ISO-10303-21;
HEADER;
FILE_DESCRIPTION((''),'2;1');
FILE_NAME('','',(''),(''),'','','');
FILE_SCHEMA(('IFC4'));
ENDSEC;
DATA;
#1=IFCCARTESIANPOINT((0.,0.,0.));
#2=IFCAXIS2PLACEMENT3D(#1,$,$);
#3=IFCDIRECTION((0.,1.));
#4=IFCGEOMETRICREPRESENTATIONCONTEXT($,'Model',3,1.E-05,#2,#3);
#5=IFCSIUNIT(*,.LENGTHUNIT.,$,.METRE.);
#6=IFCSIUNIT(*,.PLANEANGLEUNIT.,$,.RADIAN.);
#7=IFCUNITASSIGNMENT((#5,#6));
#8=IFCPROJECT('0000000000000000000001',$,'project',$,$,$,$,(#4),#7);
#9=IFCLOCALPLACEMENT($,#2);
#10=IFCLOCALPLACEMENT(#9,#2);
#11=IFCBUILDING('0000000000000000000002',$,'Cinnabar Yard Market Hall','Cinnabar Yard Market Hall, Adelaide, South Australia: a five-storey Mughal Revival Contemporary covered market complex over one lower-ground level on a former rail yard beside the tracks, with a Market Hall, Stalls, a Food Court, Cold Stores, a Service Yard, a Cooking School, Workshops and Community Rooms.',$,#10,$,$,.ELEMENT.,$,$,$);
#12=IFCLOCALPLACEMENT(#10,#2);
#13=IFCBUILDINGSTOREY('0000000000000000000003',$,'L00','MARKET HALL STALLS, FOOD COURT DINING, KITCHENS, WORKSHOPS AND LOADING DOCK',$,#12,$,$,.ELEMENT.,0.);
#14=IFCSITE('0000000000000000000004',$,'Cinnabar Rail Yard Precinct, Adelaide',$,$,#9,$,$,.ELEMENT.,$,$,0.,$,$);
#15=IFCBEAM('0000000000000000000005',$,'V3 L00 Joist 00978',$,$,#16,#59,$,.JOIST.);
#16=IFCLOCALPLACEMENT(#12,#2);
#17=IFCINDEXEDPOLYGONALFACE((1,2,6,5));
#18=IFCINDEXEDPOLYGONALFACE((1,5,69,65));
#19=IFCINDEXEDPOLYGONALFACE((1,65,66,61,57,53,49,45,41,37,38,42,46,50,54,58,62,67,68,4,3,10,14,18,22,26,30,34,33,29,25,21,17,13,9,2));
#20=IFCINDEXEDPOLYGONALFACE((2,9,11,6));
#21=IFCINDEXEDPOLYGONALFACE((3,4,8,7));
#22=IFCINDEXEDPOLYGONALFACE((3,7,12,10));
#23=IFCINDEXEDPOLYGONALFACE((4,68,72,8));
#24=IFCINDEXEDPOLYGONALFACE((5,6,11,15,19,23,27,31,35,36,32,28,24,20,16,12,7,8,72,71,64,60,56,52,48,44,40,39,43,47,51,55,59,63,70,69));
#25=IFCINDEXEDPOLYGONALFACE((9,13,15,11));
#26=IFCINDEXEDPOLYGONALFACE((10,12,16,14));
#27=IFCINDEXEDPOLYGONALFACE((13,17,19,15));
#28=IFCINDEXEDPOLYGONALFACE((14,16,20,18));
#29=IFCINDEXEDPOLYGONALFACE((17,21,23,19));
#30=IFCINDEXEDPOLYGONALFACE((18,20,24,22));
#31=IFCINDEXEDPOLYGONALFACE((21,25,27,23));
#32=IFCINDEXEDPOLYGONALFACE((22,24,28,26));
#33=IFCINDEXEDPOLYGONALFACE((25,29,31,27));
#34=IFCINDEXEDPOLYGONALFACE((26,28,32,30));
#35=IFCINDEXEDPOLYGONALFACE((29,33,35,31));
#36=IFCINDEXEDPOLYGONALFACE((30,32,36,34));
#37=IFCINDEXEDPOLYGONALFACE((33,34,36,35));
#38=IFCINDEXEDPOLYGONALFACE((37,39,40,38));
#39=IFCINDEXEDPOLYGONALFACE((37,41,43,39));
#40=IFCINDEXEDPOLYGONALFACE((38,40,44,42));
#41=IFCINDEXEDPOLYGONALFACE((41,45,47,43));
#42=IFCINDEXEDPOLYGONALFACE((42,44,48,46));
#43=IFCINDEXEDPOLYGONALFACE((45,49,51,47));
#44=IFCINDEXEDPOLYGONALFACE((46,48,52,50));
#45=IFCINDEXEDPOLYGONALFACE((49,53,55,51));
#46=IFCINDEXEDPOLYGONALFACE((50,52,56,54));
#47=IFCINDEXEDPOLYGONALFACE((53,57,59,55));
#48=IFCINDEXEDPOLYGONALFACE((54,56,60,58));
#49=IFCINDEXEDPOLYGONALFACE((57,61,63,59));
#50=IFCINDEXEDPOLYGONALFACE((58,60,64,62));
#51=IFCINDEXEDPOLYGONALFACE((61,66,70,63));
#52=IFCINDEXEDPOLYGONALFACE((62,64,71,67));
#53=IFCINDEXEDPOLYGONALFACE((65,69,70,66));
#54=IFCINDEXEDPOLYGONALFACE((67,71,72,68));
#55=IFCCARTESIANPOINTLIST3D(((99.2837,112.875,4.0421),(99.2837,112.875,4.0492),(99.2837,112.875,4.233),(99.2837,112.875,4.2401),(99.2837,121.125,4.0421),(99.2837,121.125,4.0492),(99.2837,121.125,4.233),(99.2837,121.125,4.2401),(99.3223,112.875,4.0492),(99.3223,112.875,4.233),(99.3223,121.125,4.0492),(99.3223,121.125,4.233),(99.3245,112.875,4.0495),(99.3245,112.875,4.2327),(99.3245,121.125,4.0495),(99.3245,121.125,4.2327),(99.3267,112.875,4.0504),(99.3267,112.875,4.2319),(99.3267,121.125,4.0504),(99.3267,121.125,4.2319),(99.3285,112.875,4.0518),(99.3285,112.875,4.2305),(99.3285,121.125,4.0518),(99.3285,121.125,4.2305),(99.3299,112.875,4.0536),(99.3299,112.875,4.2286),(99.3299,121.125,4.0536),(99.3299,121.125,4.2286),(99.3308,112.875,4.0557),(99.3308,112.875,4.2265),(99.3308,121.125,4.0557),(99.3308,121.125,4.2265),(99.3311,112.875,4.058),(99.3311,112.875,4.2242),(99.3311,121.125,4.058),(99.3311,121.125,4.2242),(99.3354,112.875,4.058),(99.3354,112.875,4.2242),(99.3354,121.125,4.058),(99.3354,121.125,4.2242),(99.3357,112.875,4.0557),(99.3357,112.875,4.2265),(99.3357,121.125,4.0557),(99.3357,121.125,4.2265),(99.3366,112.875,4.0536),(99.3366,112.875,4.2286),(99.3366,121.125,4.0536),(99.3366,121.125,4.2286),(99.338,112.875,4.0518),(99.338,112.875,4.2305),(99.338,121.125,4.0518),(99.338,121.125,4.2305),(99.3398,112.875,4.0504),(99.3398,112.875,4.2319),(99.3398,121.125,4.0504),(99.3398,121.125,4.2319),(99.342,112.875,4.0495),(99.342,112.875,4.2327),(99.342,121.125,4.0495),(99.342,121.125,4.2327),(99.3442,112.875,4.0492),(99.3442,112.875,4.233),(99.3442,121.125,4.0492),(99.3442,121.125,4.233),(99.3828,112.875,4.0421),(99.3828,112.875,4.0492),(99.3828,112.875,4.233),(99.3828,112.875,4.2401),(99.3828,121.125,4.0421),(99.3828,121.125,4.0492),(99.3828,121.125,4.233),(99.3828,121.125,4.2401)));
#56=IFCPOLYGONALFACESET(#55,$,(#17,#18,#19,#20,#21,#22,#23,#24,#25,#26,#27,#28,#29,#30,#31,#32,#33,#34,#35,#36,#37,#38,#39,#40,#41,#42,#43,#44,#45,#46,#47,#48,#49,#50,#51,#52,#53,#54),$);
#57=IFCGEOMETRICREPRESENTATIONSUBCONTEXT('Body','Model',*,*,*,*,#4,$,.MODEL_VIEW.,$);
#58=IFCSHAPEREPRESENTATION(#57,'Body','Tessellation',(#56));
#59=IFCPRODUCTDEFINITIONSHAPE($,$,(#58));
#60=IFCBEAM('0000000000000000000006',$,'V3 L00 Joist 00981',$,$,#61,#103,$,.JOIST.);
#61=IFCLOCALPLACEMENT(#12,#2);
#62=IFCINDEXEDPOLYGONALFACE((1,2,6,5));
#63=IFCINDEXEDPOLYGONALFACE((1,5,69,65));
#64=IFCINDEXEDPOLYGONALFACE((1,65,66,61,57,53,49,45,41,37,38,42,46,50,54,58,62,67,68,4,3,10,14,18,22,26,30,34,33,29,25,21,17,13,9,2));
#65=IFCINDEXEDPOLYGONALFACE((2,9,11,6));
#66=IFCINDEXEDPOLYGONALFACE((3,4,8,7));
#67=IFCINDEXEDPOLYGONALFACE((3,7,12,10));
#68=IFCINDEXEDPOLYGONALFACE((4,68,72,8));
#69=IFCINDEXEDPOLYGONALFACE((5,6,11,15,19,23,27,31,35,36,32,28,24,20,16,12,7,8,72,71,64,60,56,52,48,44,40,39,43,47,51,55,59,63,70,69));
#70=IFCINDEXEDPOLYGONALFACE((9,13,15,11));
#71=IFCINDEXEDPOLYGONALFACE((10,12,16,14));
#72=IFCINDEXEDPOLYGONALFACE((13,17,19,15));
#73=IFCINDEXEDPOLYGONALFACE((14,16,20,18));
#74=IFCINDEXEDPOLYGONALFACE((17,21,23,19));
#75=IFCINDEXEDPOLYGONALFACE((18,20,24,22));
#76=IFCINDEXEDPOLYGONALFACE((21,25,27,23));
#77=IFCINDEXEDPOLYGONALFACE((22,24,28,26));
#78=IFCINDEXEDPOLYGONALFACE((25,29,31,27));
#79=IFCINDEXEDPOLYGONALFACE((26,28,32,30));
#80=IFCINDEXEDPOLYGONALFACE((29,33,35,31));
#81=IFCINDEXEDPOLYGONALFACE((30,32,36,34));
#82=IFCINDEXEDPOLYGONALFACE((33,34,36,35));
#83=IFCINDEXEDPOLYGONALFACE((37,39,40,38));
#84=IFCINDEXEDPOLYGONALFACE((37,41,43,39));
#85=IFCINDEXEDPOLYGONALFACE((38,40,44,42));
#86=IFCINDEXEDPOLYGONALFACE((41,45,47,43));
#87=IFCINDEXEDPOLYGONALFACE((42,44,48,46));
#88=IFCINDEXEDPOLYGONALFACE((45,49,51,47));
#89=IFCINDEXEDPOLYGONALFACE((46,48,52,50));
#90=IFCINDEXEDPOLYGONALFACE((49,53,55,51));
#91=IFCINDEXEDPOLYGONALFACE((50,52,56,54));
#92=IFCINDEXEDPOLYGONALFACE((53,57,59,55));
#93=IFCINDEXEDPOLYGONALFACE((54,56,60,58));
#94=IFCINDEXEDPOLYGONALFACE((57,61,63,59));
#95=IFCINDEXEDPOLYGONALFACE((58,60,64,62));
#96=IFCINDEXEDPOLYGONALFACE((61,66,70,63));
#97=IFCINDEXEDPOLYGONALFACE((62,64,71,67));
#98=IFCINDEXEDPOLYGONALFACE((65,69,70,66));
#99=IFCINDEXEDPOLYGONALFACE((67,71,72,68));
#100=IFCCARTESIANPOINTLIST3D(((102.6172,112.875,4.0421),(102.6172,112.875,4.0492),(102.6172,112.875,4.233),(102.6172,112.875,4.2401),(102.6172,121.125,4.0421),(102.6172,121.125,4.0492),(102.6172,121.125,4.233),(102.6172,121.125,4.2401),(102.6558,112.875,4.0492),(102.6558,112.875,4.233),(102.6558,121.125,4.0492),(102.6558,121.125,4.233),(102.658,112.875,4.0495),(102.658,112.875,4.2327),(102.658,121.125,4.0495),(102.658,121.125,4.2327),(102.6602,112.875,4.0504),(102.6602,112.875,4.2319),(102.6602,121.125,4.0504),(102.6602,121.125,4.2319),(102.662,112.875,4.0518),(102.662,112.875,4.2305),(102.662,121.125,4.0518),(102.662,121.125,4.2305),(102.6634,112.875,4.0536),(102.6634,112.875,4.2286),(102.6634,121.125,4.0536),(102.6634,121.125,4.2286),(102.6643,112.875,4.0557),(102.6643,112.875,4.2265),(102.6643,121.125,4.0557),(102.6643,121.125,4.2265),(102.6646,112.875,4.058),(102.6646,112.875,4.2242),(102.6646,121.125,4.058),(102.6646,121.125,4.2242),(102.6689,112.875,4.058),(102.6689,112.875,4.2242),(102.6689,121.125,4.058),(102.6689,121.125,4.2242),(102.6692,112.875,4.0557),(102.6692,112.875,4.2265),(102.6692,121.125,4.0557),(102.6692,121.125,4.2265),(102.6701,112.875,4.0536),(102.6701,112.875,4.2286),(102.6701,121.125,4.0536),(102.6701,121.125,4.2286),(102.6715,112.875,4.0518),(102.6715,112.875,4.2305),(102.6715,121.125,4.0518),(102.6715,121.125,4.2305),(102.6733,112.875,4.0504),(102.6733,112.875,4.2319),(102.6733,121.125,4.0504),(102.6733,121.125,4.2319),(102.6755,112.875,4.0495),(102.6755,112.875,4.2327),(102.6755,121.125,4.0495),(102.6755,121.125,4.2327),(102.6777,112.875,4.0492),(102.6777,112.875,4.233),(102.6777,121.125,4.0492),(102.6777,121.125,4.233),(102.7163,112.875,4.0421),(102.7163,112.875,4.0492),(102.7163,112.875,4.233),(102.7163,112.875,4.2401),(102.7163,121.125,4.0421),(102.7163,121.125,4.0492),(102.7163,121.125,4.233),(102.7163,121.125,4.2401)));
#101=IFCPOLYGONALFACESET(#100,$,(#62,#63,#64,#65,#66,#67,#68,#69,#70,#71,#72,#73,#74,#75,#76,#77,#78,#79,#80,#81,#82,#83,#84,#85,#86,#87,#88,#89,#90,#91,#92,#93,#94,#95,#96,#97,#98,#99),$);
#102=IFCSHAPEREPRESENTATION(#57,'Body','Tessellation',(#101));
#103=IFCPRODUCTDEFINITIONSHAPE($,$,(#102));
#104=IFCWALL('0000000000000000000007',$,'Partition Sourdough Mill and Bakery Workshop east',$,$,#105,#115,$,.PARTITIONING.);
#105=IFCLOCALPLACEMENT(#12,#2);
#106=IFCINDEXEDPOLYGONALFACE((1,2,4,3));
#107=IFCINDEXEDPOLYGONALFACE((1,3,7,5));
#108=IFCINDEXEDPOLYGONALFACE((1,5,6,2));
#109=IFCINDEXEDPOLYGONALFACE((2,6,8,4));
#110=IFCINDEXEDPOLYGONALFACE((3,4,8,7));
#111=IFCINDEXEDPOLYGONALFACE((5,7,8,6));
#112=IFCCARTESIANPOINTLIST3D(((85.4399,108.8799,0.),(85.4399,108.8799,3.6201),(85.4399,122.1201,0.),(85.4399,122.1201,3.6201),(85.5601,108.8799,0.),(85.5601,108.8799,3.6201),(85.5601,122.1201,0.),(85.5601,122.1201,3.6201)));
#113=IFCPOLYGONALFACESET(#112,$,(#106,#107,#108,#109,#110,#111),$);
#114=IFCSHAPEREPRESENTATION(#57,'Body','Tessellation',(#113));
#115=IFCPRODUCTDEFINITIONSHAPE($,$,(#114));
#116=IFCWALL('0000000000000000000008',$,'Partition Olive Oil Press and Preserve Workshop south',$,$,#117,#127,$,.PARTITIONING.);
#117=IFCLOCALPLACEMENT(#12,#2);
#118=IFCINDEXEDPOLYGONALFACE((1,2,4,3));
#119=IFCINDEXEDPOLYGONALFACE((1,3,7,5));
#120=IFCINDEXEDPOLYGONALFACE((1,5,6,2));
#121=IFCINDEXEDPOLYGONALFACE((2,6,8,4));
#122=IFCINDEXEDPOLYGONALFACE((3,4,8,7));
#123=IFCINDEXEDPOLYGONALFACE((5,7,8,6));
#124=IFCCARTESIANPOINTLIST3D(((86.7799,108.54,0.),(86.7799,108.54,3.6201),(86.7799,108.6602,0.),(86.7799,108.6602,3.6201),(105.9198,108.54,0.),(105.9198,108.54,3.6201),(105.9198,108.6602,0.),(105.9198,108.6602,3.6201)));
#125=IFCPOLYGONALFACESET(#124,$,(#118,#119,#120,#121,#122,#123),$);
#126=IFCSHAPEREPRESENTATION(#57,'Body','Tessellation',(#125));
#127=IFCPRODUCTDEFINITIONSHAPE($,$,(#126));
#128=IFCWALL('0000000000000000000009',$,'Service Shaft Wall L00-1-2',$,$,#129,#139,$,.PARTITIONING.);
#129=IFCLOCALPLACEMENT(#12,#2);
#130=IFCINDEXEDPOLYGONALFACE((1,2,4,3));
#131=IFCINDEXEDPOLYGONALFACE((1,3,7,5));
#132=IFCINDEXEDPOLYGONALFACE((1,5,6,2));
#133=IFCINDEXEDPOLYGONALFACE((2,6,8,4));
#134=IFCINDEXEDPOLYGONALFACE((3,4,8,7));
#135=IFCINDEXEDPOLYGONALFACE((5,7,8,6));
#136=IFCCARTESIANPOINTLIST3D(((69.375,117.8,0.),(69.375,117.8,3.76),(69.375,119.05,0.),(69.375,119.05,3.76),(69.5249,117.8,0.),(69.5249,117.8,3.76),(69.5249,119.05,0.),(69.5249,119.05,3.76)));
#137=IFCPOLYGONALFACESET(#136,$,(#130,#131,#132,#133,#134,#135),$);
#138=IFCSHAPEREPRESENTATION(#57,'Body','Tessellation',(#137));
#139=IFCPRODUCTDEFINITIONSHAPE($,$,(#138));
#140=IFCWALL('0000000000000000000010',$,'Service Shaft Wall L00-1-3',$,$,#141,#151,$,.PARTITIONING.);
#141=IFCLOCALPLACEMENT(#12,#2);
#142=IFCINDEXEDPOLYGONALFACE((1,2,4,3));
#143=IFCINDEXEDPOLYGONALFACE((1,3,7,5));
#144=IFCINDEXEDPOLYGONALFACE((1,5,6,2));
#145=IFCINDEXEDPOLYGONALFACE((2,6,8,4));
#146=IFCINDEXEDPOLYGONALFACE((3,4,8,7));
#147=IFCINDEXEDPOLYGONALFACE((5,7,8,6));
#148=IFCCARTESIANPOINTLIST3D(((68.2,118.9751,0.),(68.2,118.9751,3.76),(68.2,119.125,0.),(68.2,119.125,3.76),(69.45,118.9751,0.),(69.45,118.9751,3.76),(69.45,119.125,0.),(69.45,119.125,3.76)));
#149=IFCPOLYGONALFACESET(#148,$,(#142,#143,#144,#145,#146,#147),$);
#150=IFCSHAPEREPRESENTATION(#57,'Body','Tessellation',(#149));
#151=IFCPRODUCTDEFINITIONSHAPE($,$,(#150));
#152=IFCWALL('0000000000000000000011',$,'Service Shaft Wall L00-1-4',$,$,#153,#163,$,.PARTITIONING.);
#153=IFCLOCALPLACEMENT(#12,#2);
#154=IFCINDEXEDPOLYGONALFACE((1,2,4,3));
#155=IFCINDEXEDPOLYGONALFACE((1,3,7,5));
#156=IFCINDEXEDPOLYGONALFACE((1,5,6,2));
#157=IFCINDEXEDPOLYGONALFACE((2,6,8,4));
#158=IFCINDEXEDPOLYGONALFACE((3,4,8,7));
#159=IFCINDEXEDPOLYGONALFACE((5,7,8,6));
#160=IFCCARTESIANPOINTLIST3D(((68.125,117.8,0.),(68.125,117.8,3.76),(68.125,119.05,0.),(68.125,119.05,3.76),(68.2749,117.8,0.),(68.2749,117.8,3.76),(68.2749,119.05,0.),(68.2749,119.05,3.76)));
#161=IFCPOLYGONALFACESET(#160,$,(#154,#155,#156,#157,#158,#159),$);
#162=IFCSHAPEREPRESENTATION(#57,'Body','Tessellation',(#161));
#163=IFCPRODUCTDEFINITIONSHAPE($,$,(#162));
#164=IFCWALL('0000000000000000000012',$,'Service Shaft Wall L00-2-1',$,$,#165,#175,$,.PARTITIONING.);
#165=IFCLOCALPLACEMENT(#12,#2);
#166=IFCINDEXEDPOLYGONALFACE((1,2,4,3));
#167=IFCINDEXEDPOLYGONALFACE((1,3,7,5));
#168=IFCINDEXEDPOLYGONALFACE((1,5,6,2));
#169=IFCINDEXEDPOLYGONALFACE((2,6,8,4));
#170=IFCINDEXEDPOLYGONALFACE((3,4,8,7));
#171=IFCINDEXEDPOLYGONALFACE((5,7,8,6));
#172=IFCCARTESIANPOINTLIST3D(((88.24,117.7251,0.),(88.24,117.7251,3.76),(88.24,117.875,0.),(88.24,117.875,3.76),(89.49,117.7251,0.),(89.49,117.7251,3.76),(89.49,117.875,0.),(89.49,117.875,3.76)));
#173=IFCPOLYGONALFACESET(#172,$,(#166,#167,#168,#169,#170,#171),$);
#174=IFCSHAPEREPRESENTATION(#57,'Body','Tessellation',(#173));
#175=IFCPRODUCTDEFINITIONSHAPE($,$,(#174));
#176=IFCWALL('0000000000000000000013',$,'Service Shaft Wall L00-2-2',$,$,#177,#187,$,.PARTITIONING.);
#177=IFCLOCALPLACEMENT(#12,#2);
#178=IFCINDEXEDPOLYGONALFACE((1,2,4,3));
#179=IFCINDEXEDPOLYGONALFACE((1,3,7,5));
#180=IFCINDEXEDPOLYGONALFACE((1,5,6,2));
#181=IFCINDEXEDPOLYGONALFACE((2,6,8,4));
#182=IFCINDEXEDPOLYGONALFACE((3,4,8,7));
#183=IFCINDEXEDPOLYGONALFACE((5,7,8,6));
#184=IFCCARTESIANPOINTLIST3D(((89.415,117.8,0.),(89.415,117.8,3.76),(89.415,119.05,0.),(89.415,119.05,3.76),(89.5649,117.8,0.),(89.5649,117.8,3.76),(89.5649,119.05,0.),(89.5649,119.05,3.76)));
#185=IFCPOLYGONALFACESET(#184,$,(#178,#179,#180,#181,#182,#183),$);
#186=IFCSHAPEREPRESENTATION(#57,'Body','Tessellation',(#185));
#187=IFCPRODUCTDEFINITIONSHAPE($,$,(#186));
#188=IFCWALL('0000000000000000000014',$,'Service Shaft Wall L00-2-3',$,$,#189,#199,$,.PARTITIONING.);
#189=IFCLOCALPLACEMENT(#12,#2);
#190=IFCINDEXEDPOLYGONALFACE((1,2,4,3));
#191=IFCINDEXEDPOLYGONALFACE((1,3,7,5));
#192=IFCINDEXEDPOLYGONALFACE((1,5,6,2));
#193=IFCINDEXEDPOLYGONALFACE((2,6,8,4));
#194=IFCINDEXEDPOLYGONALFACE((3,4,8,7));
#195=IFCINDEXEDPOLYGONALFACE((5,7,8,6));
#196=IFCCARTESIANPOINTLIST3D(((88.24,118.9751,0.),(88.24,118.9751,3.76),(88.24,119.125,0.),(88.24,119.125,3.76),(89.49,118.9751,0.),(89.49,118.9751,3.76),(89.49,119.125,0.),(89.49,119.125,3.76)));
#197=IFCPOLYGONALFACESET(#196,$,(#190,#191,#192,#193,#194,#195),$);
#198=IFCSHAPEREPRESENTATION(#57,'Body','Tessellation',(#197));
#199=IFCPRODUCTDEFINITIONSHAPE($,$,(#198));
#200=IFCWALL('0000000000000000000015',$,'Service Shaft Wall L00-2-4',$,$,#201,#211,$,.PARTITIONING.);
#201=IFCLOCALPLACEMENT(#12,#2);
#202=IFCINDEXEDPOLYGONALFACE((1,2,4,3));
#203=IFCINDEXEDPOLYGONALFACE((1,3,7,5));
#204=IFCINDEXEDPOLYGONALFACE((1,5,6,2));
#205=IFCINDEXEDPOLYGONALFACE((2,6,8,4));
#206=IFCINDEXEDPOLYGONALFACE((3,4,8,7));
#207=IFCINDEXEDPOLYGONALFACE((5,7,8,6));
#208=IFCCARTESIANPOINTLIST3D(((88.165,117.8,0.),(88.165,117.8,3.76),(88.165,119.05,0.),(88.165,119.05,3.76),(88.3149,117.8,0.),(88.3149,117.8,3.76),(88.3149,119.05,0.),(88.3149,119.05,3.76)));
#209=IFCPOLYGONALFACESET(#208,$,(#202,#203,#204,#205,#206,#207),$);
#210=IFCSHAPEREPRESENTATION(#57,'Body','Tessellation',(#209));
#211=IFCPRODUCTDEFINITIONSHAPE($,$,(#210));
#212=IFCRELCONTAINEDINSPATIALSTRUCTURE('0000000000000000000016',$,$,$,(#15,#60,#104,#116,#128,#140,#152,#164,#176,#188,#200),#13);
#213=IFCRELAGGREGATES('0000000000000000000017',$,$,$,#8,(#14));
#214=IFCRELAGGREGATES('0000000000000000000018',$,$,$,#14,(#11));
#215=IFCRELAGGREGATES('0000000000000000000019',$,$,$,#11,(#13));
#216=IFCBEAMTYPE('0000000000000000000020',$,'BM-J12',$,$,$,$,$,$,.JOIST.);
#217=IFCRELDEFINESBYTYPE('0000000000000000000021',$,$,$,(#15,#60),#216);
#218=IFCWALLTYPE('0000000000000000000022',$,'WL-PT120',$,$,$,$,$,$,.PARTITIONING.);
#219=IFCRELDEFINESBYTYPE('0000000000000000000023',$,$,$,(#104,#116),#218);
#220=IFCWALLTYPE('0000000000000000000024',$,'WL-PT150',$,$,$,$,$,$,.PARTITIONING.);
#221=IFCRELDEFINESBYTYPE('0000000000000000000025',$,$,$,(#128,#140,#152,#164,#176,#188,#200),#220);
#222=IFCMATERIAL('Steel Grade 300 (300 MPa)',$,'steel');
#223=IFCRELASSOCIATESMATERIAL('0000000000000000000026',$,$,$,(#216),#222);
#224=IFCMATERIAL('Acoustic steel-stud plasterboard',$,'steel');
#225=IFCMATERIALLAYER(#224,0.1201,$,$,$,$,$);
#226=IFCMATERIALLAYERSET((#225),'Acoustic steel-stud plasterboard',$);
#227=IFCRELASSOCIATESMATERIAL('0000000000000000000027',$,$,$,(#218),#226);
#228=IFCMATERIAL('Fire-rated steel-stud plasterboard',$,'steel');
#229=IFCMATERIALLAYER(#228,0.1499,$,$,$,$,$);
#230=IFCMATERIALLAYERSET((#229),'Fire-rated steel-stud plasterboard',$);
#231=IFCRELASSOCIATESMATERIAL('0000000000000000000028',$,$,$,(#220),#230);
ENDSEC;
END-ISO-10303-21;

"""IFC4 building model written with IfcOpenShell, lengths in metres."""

from ifc_helpers import new_model, si_unit, direction, frame, frame_2d, origin, origin_2d_with_axis, place, context, subcontext, project, spatial, rectangle, i_section, extrude, material, layer, layer_set, material_profile, profile_set, type_object, element, save


model = new_model("IFC4")

# Units and contexts
model_context = context("Model", 3, precision=1e-05, world=origin(), true_north=direction((0.0, 1.0)))
body_context = subcontext(model_context, "Body", "Model", "MODEL_VIEW")
ifc_project = project(units=[si_unit("LENGTHUNIT", "METRE"), si_unit("PLANEANGLEUNIT", "RADIAN")], contexts=[model_context])

# Site, building, storey
site_placement = place(None, origin())
site = spatial("IfcSite", under=ifc_project, at=site_placement, Name="Cinnabar Rail Yard Precinct, Adelaide", CompositionType="ELEMENT", RefElevation=0.0)
building_placement = place(site_placement, origin())
building = spatial("IfcBuilding", under=site, at=building_placement, Name="Cinnabar Yard Market Hall", Description="Cinnabar Yard Market Hall, Adelaide, South Australia: a five-storey Mughal Revival Contemporary covered market complex over one lower-ground level on a former rail yard beside the tracks, with a Market Hall, Stalls, a Food Court, Cold Stores, a Service Yard, a Cooking School, Workshops and Community Rooms.", CompositionType="ELEMENT")
storey_placement = place(building_placement, origin())
storey = spatial("IfcBuildingStorey", under=building, at=storey_placement, Name="L00", Description="MARKET HALL STALLS, FOOD COURT DINING, KITCHENS, WORKSHOPS AND LOADING DOCK", CompositionType="ELEMENT", Elevation=0.0)

# Shared definitions
ifc_material_1 = material(Name="Steel Grade 300 (300 MPa)", Category="steel")

# Beams
ifc_material_profile_1 = material_profile(ifc_material_1, i_section(OverallWidth=0.0991, OverallDepth=0.198, WebThickness=0.0044, FlangeThickness=0.0071, FilletRadius=0.0088, at=origin_2d_with_axis()), Name="200UB18.2")
ifc_profile_set_1 = profile_set([ifc_material_profile_1], Name="Steel Grade 300 (300 MPa)")
beam_type_1 = type_object("IfcBeamType", Name="BM-J12", PredefinedType="JOIST", material=ifc_profile_set_1)
for number, where, z_axis, x_axis, name in (
    (1, (99.3333, 112.875, 4.1411), (0.0, 1.0, 0.0), (-1.0, 0.0, 0.0), "V3 L00 Joist 00978"),
    (2, (102.6667, 112.875, 4.1411), (0.0, 1.0, 0.0), (-1.0, 0.0, 0.0), "V3 L00 Joist 00981"),
):
    element("IfcBeam", number, at=place(storey_placement, frame(where, z_axis=z_axis, x_axis=x_axis)), inside=storey, type_object=beam_type_1, Name=name, PredefinedType="JOIST", context=body_context, shape_type="SweptSolid", body=[
        extrude(i_section(OverallWidth=0.0991, OverallDepth=0.198, WebThickness=0.0044, FlangeThickness=0.0071, FilletRadius=0.0088, at=origin_2d_with_axis()), origin(), (0.0, 0.0, 1.0), 8.25),
    ])

# Walls
ifc_material_2 = material(Name="Acoustic steel-stud plasterboard", Category="steel")
ifc_layer_1 = layer(ifc_material_2, 0.1201)
ifc_layer_set_1 = layer_set([ifc_layer_1], Name="Acoustic steel-stud plasterboard")
wall_type_1 = type_object("IfcWallType", Name="WL-PT120", PredefinedType="PARTITIONING", material=ifc_layer_set_1)
wall_1_placement = place(storey_placement, frame((85.5, 108.8799, 0.0), z_axis=(0.0, 0.0, 1.0), x_axis=(0.0, 1.0, 0.0)))
element("IfcWall", 3, at=wall_1_placement, inside=storey, type_object=wall_type_1, Name="Partition Sourdough Mill and Bakery Workshop east", PredefinedType="PARTITIONING", context=body_context, shape_type="SweptSolid", body=[
    extrude(rectangle(XDim=13.2402, YDim=0.1201, at=frame_2d((6.6201, 0.0), x_axis=(1.0, 0.0))), origin(), (0.0, 0.0, 1.0), 3.6201),
])
wall_2_placement = place(storey_placement, frame((86.78, 108.6001, 0.0), z_axis=(0.0, 0.0, 1.0), x_axis=(1.0, 0.0, 0.0)))
element("IfcWall", 4, at=wall_2_placement, inside=storey, type_object=wall_type_1, Name="Partition Olive Oil Press and Preserve Workshop south", PredefinedType="PARTITIONING", context=body_context, shape_type="SweptSolid", body=[
    extrude(rectangle(XDim=19.1399, YDim=0.1201, at=frame_2d((9.5698, 0.0), x_axis=(1.0, 0.0))), origin(), (0.0, 0.0, 1.0), 3.6201),
])
ifc_material_3 = material(Name="Fire-rated steel-stud plasterboard", Category="steel")
ifc_layer_2 = layer(ifc_material_3, 0.1499)
ifc_layer_set_2 = layer_set([ifc_layer_2], Name="Fire-rated steel-stud plasterboard")
wall_type_2 = type_object("IfcWallType", Name="WL-PT150", PredefinedType="PARTITIONING", material=ifc_layer_set_2)
for number, where, z_axis, x_axis, name in (
    (5, (69.45, 117.8, 0.0), (0.0, 0.0, 1.0), (0.0, 1.0, 0.0), "Service Shaft Wall L00-1-2"),
    (6, (69.45, 119.05, 0.0), (0.0, 0.0, 1.0), (-1.0, 0.0, 0.0), "Service Shaft Wall L00-1-3"),
    (7, (68.2, 119.05, 0.0), (0.0, 0.0, 1.0), (0.0, -1.0, 0.0), "Service Shaft Wall L00-1-4"),
    (8, (88.24, 117.8, 0.0), (0.0, 0.0, 1.0), (1.0, 0.0, 0.0), "Service Shaft Wall L00-2-1"),
    (9, (89.49, 117.8, 0.0), (0.0, 0.0, 1.0), (0.0, 1.0, 0.0), "Service Shaft Wall L00-2-2"),
    (10, (89.49, 119.05, 0.0), (0.0, 0.0, 1.0), (-1.0, 0.0, 0.0), "Service Shaft Wall L00-2-3"),
    (11, (88.24, 119.05, 0.0), (0.0, 0.0, 1.0), (0.0, -1.0, 0.0), "Service Shaft Wall L00-2-4"),
):
    element("IfcWall", number, at=place(storey_placement, frame(where, z_axis=z_axis, x_axis=x_axis)), inside=storey, type_object=wall_type_2, Name=name, PredefinedType="PARTITIONING", context=body_context, shape_type="SweptSolid", body=[
        extrude(rectangle(XDim=1.25, YDim=0.1499, at=frame_2d((0.625, 0.0), x_axis=(1.0, 0.0))), origin(), (0.0, 0.0, 1.0), 3.76),
    ])

save(model, "model.ifc")
